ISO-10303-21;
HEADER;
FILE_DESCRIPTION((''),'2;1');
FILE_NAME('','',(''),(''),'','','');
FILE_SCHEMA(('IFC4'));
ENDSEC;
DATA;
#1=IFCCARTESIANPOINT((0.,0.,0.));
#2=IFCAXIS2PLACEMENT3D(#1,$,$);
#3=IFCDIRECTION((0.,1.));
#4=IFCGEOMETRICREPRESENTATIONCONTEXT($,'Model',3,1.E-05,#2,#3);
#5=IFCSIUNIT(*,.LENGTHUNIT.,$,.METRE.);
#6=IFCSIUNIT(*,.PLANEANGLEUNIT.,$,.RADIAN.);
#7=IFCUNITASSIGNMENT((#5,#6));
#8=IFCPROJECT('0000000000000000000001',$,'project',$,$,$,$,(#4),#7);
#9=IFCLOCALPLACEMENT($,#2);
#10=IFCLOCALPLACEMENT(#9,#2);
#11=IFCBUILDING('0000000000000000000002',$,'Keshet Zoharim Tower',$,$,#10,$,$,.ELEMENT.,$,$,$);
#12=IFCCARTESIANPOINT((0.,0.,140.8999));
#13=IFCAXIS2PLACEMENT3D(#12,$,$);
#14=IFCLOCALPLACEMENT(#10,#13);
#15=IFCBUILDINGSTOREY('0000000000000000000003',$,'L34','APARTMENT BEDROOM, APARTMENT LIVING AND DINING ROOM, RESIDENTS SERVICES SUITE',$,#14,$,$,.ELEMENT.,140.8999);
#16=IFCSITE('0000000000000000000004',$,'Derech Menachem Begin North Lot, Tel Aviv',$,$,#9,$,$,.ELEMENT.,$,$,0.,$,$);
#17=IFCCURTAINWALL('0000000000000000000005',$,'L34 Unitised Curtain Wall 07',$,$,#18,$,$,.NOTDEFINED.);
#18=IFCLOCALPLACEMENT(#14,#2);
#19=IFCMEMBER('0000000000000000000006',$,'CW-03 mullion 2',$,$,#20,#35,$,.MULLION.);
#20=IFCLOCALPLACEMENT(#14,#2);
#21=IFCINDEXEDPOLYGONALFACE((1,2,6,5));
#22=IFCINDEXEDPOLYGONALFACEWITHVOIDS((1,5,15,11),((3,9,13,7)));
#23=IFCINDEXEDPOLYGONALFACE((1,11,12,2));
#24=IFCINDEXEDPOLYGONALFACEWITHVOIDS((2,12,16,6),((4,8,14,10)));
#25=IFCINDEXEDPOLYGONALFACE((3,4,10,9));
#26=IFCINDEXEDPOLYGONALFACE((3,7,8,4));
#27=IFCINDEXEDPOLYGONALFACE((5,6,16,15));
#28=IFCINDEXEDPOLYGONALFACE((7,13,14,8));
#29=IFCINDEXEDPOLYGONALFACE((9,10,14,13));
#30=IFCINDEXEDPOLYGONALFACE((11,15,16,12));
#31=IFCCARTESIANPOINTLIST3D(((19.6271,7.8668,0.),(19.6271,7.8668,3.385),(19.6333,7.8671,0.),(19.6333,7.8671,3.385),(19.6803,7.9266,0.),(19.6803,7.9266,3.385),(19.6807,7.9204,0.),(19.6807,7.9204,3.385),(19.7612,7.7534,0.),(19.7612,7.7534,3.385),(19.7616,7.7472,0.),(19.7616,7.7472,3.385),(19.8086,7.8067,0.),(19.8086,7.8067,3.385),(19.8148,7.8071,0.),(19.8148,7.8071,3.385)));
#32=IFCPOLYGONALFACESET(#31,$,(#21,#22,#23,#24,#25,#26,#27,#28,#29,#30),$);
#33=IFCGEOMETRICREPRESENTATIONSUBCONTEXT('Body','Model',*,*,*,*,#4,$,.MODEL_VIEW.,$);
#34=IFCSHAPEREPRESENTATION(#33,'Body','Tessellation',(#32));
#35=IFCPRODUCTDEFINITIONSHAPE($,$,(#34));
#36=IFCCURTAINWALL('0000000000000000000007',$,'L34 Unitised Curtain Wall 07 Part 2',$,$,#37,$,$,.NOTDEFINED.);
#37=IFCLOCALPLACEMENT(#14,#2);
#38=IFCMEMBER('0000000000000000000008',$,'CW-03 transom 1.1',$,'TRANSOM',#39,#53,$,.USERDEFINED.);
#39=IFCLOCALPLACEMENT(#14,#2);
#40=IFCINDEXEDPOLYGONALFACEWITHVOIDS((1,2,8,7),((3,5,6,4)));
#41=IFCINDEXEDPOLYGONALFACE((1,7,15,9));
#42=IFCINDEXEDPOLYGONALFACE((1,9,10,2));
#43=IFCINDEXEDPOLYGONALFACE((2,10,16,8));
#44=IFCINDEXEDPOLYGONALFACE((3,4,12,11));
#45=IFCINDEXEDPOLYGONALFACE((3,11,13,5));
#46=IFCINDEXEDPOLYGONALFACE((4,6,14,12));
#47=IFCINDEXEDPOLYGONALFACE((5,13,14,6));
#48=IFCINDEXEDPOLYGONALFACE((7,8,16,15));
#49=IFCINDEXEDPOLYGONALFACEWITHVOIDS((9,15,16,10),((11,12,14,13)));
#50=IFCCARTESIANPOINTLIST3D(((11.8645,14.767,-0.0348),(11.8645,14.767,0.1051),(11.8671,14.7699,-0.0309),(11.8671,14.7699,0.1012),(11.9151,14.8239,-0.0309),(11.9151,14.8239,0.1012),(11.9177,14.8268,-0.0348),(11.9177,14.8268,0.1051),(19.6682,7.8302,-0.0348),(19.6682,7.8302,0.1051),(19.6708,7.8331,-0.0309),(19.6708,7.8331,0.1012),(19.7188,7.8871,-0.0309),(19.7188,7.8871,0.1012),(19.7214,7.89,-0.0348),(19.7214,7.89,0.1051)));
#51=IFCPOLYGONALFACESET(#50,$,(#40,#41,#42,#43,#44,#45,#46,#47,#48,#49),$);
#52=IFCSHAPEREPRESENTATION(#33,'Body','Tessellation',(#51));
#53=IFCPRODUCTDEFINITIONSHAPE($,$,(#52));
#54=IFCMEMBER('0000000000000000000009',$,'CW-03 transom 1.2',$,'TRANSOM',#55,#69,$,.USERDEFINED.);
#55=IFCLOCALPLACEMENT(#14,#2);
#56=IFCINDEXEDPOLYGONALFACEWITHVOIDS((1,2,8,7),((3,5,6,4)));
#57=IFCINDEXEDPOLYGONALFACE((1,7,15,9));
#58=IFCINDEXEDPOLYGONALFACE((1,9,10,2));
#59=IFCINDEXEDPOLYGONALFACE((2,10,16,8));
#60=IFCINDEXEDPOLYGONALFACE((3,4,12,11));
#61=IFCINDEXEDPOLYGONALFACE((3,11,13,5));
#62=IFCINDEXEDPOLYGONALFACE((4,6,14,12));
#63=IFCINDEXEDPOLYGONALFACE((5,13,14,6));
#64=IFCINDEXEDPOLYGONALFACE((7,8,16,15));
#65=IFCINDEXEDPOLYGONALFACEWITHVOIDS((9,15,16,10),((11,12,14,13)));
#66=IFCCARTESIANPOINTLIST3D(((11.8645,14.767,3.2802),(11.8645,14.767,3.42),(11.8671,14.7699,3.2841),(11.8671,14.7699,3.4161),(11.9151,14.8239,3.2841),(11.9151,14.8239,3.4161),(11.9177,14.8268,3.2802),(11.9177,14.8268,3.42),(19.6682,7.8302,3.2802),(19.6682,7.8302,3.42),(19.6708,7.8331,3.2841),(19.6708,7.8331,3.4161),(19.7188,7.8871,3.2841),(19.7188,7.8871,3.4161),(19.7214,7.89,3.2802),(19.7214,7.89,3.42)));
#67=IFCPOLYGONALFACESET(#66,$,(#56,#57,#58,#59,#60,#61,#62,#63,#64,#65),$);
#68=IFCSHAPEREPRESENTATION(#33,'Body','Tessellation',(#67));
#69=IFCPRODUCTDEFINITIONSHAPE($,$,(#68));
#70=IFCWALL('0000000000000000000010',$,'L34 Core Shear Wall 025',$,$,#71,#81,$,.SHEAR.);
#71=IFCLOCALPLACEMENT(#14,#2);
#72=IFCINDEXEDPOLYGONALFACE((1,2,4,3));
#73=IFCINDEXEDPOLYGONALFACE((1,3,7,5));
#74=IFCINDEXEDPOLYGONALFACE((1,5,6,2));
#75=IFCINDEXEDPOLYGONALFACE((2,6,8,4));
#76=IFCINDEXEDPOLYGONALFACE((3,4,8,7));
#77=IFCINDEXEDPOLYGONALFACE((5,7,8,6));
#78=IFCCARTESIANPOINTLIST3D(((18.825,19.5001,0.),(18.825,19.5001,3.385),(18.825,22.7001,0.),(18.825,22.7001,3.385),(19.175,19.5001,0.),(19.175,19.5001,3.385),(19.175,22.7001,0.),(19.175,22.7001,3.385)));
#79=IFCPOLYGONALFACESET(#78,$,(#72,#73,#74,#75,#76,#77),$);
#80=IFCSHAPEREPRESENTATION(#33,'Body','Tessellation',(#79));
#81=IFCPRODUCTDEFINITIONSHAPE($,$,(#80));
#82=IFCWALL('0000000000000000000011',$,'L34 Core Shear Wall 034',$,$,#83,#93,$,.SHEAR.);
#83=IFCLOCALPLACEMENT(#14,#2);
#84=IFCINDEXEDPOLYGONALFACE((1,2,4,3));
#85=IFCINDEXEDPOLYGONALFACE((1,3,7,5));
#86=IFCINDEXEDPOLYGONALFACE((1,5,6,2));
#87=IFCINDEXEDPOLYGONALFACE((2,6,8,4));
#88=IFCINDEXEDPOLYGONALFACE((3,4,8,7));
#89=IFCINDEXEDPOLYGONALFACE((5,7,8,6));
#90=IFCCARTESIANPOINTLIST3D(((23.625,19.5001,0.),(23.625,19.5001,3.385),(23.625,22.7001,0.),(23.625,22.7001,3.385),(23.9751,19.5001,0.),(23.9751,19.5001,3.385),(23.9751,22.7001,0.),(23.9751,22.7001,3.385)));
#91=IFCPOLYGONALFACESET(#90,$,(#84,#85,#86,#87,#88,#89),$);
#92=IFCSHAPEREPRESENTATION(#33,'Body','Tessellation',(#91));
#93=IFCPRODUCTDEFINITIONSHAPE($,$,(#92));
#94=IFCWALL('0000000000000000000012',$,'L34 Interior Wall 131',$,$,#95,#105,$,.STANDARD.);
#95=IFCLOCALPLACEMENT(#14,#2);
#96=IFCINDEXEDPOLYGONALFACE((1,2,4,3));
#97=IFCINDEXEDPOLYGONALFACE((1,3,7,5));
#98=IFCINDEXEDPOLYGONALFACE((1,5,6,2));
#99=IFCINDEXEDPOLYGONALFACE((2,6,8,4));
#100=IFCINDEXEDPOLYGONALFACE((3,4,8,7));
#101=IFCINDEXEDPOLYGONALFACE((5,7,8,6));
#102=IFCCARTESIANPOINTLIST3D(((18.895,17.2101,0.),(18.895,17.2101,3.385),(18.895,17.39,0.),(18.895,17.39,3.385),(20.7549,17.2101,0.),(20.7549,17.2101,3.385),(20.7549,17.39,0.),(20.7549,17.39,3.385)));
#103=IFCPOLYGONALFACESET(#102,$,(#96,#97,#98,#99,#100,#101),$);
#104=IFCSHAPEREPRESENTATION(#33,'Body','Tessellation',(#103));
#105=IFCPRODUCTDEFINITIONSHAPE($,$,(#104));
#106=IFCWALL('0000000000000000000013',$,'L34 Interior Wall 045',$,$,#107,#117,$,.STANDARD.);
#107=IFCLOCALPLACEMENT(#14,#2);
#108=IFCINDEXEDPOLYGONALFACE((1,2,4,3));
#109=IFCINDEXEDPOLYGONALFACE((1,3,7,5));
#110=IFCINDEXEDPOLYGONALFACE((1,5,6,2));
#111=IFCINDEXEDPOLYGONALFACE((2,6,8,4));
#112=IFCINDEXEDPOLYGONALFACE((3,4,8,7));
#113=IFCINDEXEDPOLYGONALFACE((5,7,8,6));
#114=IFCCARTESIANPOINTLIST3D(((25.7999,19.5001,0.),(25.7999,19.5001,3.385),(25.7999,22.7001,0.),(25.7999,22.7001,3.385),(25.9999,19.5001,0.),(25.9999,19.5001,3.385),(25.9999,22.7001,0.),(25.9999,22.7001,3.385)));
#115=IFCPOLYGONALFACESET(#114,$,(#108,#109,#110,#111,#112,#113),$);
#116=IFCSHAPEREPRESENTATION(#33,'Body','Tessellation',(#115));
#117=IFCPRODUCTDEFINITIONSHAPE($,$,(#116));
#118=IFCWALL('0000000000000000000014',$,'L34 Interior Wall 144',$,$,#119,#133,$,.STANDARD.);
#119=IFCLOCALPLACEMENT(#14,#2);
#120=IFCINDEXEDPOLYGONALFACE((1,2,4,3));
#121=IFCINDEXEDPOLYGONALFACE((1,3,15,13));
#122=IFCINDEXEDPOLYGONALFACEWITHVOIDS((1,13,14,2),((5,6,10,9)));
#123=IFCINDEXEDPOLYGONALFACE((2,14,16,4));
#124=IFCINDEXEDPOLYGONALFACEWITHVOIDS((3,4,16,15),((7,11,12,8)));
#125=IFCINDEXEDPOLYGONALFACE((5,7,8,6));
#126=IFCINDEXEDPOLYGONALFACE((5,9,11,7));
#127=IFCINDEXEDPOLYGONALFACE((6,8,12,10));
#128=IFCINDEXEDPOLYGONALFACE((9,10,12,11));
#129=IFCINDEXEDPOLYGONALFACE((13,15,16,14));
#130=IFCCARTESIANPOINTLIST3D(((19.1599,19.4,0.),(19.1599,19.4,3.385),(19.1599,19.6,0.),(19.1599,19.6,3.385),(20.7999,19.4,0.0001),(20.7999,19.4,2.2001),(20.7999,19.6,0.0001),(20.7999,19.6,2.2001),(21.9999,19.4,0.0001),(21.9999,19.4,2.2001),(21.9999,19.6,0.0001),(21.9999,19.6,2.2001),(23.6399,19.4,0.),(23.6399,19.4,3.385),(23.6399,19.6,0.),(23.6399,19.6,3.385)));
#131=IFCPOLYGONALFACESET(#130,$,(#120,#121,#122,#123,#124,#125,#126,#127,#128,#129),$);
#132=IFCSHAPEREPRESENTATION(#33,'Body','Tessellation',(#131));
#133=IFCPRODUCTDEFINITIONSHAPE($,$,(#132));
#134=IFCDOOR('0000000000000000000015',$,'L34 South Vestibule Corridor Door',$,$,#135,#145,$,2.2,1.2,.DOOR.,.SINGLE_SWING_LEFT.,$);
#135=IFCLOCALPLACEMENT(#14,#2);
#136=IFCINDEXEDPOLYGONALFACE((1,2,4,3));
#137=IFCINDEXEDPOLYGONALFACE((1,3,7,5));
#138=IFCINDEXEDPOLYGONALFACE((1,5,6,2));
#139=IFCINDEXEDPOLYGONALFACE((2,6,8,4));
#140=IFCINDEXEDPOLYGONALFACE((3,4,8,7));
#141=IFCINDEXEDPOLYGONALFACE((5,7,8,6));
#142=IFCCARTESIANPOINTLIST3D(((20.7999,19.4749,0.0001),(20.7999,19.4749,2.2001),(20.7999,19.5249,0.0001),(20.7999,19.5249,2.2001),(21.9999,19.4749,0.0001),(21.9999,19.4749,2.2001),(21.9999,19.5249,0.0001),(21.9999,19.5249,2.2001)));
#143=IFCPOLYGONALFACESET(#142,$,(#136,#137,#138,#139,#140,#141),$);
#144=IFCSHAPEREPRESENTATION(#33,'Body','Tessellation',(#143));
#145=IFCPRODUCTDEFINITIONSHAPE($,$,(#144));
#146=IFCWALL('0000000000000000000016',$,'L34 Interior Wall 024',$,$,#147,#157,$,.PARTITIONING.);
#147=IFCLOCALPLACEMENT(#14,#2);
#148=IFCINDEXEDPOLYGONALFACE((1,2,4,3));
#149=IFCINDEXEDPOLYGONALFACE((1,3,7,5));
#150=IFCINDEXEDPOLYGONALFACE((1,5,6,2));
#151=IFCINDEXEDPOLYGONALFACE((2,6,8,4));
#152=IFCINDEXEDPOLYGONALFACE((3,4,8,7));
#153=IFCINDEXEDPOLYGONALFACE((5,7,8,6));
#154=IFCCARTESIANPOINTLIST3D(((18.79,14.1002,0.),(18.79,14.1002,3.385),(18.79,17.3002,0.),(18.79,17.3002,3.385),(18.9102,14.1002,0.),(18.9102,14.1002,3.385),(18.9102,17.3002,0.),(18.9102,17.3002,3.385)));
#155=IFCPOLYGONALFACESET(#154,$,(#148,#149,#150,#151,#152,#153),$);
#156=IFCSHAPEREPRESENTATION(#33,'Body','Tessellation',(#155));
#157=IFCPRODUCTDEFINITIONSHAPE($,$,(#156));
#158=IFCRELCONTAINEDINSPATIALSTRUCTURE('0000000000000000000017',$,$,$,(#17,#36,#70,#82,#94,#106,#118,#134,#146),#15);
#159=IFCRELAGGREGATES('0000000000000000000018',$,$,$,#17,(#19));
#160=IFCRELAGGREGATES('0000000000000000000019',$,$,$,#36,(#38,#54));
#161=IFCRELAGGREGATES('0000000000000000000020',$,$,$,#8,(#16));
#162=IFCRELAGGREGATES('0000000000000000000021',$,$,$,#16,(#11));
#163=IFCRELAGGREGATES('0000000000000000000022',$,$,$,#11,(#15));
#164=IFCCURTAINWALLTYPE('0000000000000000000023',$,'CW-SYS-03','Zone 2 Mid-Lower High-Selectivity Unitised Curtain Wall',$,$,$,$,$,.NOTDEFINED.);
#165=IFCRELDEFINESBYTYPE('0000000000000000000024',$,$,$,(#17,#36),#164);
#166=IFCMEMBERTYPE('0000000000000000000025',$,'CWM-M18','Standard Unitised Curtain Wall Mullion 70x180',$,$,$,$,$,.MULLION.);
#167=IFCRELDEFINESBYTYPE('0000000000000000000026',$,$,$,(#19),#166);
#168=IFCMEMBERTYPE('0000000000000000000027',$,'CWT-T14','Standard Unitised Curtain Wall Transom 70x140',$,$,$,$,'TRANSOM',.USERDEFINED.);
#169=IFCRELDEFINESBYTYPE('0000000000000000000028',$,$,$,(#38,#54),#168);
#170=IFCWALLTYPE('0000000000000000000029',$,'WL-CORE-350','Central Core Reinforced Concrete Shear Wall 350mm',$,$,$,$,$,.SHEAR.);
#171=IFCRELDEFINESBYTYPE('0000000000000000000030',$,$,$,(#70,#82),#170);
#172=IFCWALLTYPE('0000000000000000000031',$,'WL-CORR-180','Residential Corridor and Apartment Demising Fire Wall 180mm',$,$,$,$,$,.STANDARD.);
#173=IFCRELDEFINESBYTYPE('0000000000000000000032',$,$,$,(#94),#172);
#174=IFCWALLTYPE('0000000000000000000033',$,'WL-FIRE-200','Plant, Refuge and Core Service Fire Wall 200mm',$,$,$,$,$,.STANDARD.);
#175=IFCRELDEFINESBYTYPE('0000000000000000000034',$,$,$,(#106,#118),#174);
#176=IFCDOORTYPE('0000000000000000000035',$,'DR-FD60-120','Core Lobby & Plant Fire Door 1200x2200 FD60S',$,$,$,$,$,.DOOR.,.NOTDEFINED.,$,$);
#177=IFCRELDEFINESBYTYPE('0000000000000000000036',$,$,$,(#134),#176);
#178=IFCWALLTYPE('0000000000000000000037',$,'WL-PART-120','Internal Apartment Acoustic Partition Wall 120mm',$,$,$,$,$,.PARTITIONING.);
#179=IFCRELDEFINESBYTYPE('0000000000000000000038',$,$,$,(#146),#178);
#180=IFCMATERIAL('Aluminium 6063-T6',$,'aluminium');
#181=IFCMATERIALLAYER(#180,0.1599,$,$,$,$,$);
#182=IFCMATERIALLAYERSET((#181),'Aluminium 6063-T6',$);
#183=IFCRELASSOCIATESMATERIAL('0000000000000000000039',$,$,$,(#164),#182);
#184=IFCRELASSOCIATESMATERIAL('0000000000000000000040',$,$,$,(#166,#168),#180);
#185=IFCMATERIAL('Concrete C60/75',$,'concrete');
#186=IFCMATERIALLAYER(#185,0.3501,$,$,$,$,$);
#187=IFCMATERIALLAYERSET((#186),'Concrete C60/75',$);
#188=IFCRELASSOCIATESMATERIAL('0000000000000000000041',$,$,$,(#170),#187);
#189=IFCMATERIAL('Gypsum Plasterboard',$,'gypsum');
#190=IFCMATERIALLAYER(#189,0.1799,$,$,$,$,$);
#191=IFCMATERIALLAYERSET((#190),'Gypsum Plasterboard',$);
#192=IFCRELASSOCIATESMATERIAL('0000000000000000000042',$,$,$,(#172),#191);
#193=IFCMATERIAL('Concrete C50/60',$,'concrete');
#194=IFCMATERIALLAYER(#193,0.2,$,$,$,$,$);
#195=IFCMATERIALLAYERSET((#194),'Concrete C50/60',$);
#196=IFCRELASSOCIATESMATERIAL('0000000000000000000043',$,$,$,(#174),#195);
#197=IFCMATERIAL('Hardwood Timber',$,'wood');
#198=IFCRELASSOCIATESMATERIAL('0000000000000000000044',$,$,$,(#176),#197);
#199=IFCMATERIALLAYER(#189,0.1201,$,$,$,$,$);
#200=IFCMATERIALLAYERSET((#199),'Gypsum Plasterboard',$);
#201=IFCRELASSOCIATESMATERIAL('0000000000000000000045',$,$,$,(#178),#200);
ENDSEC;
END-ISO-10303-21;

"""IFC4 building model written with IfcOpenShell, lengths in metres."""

from ifc_helpers import new_model, si_unit, direction, frame, frame_2d, origin, origin_2d, place, context, subcontext, project, spatial, rectangle, hollow_rectangle, extrude, material, layer, layer_set, material_profile, profile_set, type_object, element, fill, aggregate, save


model = new_model("IFC4")

# Units and contexts
model_context = context("Model", 3, precision=1e-05, world=origin(), true_north=direction((0.0, 1.0)))
body_context = subcontext(model_context, "Body", "Model", "MODEL_VIEW")
ifc_project = project(units=[si_unit("LENGTHUNIT", "METRE"), si_unit("PLANEANGLEUNIT", "RADIAN")], contexts=[model_context])

# Site, building, storey
site_placement = place(None, origin())
site = spatial("IfcSite", under=ifc_project, at=site_placement, Name="Derech Menachem Begin North Lot, Tel Aviv", CompositionType="ELEMENT", RefElevation=0.0)
building_placement = place(site_placement, origin())
building = spatial("IfcBuilding", under=site, at=building_placement, Name="Keshet Zoharim Tower", CompositionType="ELEMENT")
storey_placement = place(building_placement, frame((0.0, 0.0, 140.8999)))
storey = spatial("IfcBuildingStorey", under=building, at=storey_placement, Name="L34", Description="APARTMENT BEDROOM, APARTMENT LIVING AND DINING ROOM, RESIDENTS SERVICES SUITE", CompositionType="ELEMENT", Elevation=140.8999)

# Curtain wall, member
ifc_material_1 = material(Name="Aluminium 6063-T6", Category="aluminium")
ifc_layer_1 = layer(ifc_material_1, 0.1599)
ifc_layer_set_1 = layer_set([ifc_layer_1], Name="Aluminium 6063-T6")
curtain_wall_type = type_object("IfcCurtainWallType", Name="CW-SYS-03", Description="Zone 2 Mid-Lower High-Selectivity Unitised Curtain Wall", PredefinedType="NOTDEFINED", material=ifc_layer_set_1)
curtain_wall_1_placement = place(storey_placement, origin())
curtain_wall_1 = element("IfcCurtainWall", 1, at=curtain_wall_1_placement, inside=storey, type_object=curtain_wall_type, Name="L34 Unitised Curtain Wall 07", PredefinedType="NOTDEFINED")
ifc_material_profile_1 = material_profile(ifc_material_1, hollow_rectangle(XDim=0.0801, YDim=0.1799, WallThickness=0.0044, at=origin_2d()), Name="MUL-80x180")
ifc_profile_set_1 = profile_set([ifc_material_profile_1], Name="Aluminium 6063-T6")
member_type_1 = type_object("IfcMemberType", Name="CWM-M18", Description="Standard Unitised Curtain Wall Mullion 70x180", PredefinedType="MULLION", material=ifc_profile_set_1)
member_1_placement = place(storey_placement, frame((19.7209, 7.8369, 0.0), z_axis=(0.0, 0.0, 1.0), x_axis=(-0.664367, -0.747406, 0.0)))
member_1 = element("IfcMember", 2, at=member_1_placement, type_object=member_type_1, Name="CW-03 mullion 2", PredefinedType="MULLION", context=body_context, shape_type="SweptSolid", body=[
    extrude(hollow_rectangle(XDim=0.0801, YDim=0.1799, WallThickness=0.0044, at=origin_2d()), origin(), (0.0, 0.0, 1.0), 3.385),
])
aggregate(curtain_wall_1, [member_1])

# Curtain wall, members
curtain_wall_2_placement = place(storey_placement, origin())
curtain_wall_2 = element("IfcCurtainWall", 3, at=curtain_wall_2_placement, inside=storey, type_object=curtain_wall_type, Name="L34 Unitised Curtain Wall 07 Part 2", PredefinedType="NOTDEFINED")
ifc_material_profile_2 = material_profile(ifc_material_1, hollow_rectangle(XDim=0.0801, YDim=0.1399, WallThickness=0.0039, at=origin_2d()), Name="TRN-80x140")
ifc_profile_set_2 = profile_set([ifc_material_profile_2], Name="Aluminium 6063-T6")
member_type_2 = type_object("IfcMemberType", Name="CWT-T14", Description="Standard Unitised Curtain Wall Transom 70x140", ElementType="TRANSOM", PredefinedType="USERDEFINED", material=ifc_profile_set_2)
member_2_placement = place(storey_placement, frame((19.6948, 7.8601, 0.0352), z_axis=(-0.747403, 0.664371, 0.0), x_axis=(-0.664371, -0.747403, 0.0)))
member_2 = element("IfcMember", 4, at=member_2_placement, type_object=member_type_2, Name="CW-03 transom 1.1", ObjectType="TRANSOM", PredefinedType="USERDEFINED", context=body_context, shape_type="SweptSolid", body=[
    extrude(hollow_rectangle(XDim=0.0801, YDim=0.1399, WallThickness=0.0039, at=origin_2d()), origin(), (0.0, 0.0, 1.0), 10.4412),
])
member_3_placement = place(storey_placement, frame((19.6948, 7.8601, 3.3501), z_axis=(-0.747403, 0.664371, 0.0), x_axis=(-0.664371, -0.747403, 0.0)))
member_3 = element("IfcMember", 5, at=member_3_placement, type_object=member_type_2, Name="CW-03 transom 1.2", ObjectType="TRANSOM", PredefinedType="USERDEFINED", context=body_context, shape_type="SweptSolid", body=[
    extrude(hollow_rectangle(XDim=0.0801, YDim=0.1399, WallThickness=0.0039, at=origin_2d()), origin(), (0.0, 0.0, 1.0), 10.4412),
])
aggregate(curtain_wall_2, [member_2, member_3])

# Shared definitions
ifc_material_2 = material(Name="Gypsum Plasterboard", Category="gypsum")
ifc_material_3 = material(Name="Hardwood Timber", Category="wood")

# Walls
ifc_material_4 = material(Name="Concrete C60/75", Category="concrete")
ifc_layer_2 = layer(ifc_material_4, 0.3501)
ifc_layer_set_2 = layer_set([ifc_layer_2], Name="Concrete C60/75")
wall_type_1 = type_object("IfcWallType", Name="WL-CORE-350", Description="Central Core Reinforced Concrete Shear Wall 350mm", PredefinedType="SHEAR", material=ifc_layer_set_2)
for number, where, z_axis, x_axis, name in (
    (6, (19.0, 19.5, 0.0), (0.0, 0.0, 1.0), (0.0, 1.0, 0.0), "L34 Core Shear Wall 025"),
    (7, (23.8, 19.5, 0.0), (0.0, 0.0, 1.0), (0.0, 1.0, 0.0), "L34 Core Shear Wall 034"),
):
    element("IfcWall", number, at=place(storey_placement, frame(where, z_axis=z_axis, x_axis=x_axis)), inside=storey, type_object=wall_type_1, Name=name, PredefinedType="SHEAR", context=body_context, shape_type="SweptSolid", body=[
        extrude(rectangle(XDim=3.2, YDim=0.3501, at=frame_2d((1.6001, 0.0))), origin(), (0.0, 0.0, 1.0), 3.385),
    ])
ifc_layer_3 = layer(ifc_material_2, 0.1799)
ifc_layer_set_3 = layer_set([ifc_layer_3], Name="Gypsum Plasterboard")
wall_type_2 = type_object("IfcWallType", Name="WL-CORR-180", Description="Residential Corridor and Apartment Demising Fire Wall 180mm", PredefinedType="STANDARD", material=ifc_layer_set_3)
wall_1_placement = place(storey_placement, frame((18.895, 17.3, 0.0), z_axis=(0.0, 0.0, 1.0), x_axis=(1.0, 0.0, 0.0)))
element("IfcWall", 8, at=wall_1_placement, inside=storey, type_object=wall_type_2, Name="L34 Interior Wall 131", PredefinedType="STANDARD", context=body_context, shape_type="SweptSolid", body=[
    extrude(rectangle(XDim=1.8599, YDim=0.1799, at=frame_2d((0.9299, 0.0))), origin(), (0.0, 0.0, 1.0), 3.385),
])
ifc_material_5 = material(Name="Concrete C50/60", Category="concrete")
ifc_layer_4 = layer(ifc_material_5, 0.2)
ifc_layer_set_4 = layer_set([ifc_layer_4], Name="Concrete C50/60")
wall_type_3 = type_object("IfcWallType", Name="WL-FIRE-200", Description="Plant, Refuge and Core Service Fire Wall 200mm", PredefinedType="STANDARD", material=ifc_layer_set_4)
wall_2_placement = place(storey_placement, frame((25.8999, 19.5, 0.0), z_axis=(0.0, 0.0, 1.0), x_axis=(0.0, 1.0, 0.0)))
element("IfcWall", 9, at=wall_2_placement, inside=storey, type_object=wall_type_3, Name="L34 Interior Wall 045", PredefinedType="STANDARD", context=body_context, shape_type="SweptSolid", body=[
    extrude(rectangle(XDim=3.2, YDim=0.2, at=frame_2d((1.6001, 0.0))), origin(), (0.0, 0.0, 1.0), 3.385),
])

# Wall, opening, door
wall_3_placement = place(storey_placement, frame((19.1599, 19.5, 0.0), z_axis=(0.0, 0.0, 1.0), x_axis=(1.0, 0.0, 0.0)))
wall_3 = element("IfcWall", 10, at=wall_3_placement, inside=storey, type_object=wall_type_3, Name="L34 Interior Wall 144", PredefinedType="STANDARD", context=body_context, shape_type="SweptSolid", body=[
    extrude(rectangle(XDim=4.48, YDim=0.2, at=frame_2d((2.24, 0.0))), origin(), (0.0, 0.0, 1.0), 3.385),
])
opening_1_placement = place(wall_3_placement, frame((1.6399, 0.0, 0.0)))
opening_1 = element("IfcOpeningElement", 11, at=opening_1_placement, cuts=wall_3, PredefinedType="OPENING", context=body_context, shape_type="SweptSolid", body=[
    extrude(rectangle(XDim=1.2, YDim=2.2, at=frame_2d((0.6001, 1.1001))), frame((0.0, 0.1099, 0.0), z_axis=(0.0, -1.0, 0.0), x_axis=(1.0, 0.0, 0.0)), (0.0, 0.0, 1.0), 0.22),
])
door_type_1 = type_object("IfcDoorType", Name="DR-FD60-120", Description="Core Lobby & Plant Fire Door 1200x2200 FD60S", OperationType="NOTDEFINED", PredefinedType="DOOR", material=ifc_material_3)
door_1_placement = place(opening_1_placement, origin())
door_1 = element("IfcDoor", 12, at=door_1_placement, inside=storey, type_object=door_type_1, Name="L34 South Vestibule Corridor Door", OperationType="SINGLE_SWING_LEFT", OverallHeight=2.2, OverallWidth=1.2, PredefinedType="DOOR", context=body_context, shape_type="SweptSolid", body=[
    extrude(rectangle(XDim=1.2, YDim=2.2, at=frame_2d((0.6001, 1.1001))), frame((0.0, 0.0249, 0.0), z_axis=(0.0, -1.0, 0.0), x_axis=(1.0, 0.0, 0.0)), (0.0, 0.0, 1.0), 0.05),
])
fill(opening_1, door_1)

# Wall
ifc_layer_5 = layer(ifc_material_2, 0.1201)
ifc_layer_set_5 = layer_set([ifc_layer_5], Name="Gypsum Plasterboard")
wall_type_4 = type_object("IfcWallType", Name="WL-PART-120", Description="Internal Apartment Acoustic Partition Wall 120mm", PredefinedType="PARTITIONING", material=ifc_layer_set_5)
wall_4_placement = place(storey_placement, frame((18.8501, 14.1001, 0.0), z_axis=(0.0, 0.0, 1.0), x_axis=(0.0, 1.0, 0.0)))
element("IfcWall", 13, at=wall_4_placement, inside=storey, type_object=wall_type_4, Name="L34 Interior Wall 024", PredefinedType="PARTITIONING", context=body_context, shape_type="SweptSolid", body=[
    extrude(rectangle(XDim=3.2, YDim=0.1201, at=frame_2d((1.6001, 0.0))), origin(), (0.0, 0.0, 1.0), 3.385),
])

save(model, "model.ifc")
